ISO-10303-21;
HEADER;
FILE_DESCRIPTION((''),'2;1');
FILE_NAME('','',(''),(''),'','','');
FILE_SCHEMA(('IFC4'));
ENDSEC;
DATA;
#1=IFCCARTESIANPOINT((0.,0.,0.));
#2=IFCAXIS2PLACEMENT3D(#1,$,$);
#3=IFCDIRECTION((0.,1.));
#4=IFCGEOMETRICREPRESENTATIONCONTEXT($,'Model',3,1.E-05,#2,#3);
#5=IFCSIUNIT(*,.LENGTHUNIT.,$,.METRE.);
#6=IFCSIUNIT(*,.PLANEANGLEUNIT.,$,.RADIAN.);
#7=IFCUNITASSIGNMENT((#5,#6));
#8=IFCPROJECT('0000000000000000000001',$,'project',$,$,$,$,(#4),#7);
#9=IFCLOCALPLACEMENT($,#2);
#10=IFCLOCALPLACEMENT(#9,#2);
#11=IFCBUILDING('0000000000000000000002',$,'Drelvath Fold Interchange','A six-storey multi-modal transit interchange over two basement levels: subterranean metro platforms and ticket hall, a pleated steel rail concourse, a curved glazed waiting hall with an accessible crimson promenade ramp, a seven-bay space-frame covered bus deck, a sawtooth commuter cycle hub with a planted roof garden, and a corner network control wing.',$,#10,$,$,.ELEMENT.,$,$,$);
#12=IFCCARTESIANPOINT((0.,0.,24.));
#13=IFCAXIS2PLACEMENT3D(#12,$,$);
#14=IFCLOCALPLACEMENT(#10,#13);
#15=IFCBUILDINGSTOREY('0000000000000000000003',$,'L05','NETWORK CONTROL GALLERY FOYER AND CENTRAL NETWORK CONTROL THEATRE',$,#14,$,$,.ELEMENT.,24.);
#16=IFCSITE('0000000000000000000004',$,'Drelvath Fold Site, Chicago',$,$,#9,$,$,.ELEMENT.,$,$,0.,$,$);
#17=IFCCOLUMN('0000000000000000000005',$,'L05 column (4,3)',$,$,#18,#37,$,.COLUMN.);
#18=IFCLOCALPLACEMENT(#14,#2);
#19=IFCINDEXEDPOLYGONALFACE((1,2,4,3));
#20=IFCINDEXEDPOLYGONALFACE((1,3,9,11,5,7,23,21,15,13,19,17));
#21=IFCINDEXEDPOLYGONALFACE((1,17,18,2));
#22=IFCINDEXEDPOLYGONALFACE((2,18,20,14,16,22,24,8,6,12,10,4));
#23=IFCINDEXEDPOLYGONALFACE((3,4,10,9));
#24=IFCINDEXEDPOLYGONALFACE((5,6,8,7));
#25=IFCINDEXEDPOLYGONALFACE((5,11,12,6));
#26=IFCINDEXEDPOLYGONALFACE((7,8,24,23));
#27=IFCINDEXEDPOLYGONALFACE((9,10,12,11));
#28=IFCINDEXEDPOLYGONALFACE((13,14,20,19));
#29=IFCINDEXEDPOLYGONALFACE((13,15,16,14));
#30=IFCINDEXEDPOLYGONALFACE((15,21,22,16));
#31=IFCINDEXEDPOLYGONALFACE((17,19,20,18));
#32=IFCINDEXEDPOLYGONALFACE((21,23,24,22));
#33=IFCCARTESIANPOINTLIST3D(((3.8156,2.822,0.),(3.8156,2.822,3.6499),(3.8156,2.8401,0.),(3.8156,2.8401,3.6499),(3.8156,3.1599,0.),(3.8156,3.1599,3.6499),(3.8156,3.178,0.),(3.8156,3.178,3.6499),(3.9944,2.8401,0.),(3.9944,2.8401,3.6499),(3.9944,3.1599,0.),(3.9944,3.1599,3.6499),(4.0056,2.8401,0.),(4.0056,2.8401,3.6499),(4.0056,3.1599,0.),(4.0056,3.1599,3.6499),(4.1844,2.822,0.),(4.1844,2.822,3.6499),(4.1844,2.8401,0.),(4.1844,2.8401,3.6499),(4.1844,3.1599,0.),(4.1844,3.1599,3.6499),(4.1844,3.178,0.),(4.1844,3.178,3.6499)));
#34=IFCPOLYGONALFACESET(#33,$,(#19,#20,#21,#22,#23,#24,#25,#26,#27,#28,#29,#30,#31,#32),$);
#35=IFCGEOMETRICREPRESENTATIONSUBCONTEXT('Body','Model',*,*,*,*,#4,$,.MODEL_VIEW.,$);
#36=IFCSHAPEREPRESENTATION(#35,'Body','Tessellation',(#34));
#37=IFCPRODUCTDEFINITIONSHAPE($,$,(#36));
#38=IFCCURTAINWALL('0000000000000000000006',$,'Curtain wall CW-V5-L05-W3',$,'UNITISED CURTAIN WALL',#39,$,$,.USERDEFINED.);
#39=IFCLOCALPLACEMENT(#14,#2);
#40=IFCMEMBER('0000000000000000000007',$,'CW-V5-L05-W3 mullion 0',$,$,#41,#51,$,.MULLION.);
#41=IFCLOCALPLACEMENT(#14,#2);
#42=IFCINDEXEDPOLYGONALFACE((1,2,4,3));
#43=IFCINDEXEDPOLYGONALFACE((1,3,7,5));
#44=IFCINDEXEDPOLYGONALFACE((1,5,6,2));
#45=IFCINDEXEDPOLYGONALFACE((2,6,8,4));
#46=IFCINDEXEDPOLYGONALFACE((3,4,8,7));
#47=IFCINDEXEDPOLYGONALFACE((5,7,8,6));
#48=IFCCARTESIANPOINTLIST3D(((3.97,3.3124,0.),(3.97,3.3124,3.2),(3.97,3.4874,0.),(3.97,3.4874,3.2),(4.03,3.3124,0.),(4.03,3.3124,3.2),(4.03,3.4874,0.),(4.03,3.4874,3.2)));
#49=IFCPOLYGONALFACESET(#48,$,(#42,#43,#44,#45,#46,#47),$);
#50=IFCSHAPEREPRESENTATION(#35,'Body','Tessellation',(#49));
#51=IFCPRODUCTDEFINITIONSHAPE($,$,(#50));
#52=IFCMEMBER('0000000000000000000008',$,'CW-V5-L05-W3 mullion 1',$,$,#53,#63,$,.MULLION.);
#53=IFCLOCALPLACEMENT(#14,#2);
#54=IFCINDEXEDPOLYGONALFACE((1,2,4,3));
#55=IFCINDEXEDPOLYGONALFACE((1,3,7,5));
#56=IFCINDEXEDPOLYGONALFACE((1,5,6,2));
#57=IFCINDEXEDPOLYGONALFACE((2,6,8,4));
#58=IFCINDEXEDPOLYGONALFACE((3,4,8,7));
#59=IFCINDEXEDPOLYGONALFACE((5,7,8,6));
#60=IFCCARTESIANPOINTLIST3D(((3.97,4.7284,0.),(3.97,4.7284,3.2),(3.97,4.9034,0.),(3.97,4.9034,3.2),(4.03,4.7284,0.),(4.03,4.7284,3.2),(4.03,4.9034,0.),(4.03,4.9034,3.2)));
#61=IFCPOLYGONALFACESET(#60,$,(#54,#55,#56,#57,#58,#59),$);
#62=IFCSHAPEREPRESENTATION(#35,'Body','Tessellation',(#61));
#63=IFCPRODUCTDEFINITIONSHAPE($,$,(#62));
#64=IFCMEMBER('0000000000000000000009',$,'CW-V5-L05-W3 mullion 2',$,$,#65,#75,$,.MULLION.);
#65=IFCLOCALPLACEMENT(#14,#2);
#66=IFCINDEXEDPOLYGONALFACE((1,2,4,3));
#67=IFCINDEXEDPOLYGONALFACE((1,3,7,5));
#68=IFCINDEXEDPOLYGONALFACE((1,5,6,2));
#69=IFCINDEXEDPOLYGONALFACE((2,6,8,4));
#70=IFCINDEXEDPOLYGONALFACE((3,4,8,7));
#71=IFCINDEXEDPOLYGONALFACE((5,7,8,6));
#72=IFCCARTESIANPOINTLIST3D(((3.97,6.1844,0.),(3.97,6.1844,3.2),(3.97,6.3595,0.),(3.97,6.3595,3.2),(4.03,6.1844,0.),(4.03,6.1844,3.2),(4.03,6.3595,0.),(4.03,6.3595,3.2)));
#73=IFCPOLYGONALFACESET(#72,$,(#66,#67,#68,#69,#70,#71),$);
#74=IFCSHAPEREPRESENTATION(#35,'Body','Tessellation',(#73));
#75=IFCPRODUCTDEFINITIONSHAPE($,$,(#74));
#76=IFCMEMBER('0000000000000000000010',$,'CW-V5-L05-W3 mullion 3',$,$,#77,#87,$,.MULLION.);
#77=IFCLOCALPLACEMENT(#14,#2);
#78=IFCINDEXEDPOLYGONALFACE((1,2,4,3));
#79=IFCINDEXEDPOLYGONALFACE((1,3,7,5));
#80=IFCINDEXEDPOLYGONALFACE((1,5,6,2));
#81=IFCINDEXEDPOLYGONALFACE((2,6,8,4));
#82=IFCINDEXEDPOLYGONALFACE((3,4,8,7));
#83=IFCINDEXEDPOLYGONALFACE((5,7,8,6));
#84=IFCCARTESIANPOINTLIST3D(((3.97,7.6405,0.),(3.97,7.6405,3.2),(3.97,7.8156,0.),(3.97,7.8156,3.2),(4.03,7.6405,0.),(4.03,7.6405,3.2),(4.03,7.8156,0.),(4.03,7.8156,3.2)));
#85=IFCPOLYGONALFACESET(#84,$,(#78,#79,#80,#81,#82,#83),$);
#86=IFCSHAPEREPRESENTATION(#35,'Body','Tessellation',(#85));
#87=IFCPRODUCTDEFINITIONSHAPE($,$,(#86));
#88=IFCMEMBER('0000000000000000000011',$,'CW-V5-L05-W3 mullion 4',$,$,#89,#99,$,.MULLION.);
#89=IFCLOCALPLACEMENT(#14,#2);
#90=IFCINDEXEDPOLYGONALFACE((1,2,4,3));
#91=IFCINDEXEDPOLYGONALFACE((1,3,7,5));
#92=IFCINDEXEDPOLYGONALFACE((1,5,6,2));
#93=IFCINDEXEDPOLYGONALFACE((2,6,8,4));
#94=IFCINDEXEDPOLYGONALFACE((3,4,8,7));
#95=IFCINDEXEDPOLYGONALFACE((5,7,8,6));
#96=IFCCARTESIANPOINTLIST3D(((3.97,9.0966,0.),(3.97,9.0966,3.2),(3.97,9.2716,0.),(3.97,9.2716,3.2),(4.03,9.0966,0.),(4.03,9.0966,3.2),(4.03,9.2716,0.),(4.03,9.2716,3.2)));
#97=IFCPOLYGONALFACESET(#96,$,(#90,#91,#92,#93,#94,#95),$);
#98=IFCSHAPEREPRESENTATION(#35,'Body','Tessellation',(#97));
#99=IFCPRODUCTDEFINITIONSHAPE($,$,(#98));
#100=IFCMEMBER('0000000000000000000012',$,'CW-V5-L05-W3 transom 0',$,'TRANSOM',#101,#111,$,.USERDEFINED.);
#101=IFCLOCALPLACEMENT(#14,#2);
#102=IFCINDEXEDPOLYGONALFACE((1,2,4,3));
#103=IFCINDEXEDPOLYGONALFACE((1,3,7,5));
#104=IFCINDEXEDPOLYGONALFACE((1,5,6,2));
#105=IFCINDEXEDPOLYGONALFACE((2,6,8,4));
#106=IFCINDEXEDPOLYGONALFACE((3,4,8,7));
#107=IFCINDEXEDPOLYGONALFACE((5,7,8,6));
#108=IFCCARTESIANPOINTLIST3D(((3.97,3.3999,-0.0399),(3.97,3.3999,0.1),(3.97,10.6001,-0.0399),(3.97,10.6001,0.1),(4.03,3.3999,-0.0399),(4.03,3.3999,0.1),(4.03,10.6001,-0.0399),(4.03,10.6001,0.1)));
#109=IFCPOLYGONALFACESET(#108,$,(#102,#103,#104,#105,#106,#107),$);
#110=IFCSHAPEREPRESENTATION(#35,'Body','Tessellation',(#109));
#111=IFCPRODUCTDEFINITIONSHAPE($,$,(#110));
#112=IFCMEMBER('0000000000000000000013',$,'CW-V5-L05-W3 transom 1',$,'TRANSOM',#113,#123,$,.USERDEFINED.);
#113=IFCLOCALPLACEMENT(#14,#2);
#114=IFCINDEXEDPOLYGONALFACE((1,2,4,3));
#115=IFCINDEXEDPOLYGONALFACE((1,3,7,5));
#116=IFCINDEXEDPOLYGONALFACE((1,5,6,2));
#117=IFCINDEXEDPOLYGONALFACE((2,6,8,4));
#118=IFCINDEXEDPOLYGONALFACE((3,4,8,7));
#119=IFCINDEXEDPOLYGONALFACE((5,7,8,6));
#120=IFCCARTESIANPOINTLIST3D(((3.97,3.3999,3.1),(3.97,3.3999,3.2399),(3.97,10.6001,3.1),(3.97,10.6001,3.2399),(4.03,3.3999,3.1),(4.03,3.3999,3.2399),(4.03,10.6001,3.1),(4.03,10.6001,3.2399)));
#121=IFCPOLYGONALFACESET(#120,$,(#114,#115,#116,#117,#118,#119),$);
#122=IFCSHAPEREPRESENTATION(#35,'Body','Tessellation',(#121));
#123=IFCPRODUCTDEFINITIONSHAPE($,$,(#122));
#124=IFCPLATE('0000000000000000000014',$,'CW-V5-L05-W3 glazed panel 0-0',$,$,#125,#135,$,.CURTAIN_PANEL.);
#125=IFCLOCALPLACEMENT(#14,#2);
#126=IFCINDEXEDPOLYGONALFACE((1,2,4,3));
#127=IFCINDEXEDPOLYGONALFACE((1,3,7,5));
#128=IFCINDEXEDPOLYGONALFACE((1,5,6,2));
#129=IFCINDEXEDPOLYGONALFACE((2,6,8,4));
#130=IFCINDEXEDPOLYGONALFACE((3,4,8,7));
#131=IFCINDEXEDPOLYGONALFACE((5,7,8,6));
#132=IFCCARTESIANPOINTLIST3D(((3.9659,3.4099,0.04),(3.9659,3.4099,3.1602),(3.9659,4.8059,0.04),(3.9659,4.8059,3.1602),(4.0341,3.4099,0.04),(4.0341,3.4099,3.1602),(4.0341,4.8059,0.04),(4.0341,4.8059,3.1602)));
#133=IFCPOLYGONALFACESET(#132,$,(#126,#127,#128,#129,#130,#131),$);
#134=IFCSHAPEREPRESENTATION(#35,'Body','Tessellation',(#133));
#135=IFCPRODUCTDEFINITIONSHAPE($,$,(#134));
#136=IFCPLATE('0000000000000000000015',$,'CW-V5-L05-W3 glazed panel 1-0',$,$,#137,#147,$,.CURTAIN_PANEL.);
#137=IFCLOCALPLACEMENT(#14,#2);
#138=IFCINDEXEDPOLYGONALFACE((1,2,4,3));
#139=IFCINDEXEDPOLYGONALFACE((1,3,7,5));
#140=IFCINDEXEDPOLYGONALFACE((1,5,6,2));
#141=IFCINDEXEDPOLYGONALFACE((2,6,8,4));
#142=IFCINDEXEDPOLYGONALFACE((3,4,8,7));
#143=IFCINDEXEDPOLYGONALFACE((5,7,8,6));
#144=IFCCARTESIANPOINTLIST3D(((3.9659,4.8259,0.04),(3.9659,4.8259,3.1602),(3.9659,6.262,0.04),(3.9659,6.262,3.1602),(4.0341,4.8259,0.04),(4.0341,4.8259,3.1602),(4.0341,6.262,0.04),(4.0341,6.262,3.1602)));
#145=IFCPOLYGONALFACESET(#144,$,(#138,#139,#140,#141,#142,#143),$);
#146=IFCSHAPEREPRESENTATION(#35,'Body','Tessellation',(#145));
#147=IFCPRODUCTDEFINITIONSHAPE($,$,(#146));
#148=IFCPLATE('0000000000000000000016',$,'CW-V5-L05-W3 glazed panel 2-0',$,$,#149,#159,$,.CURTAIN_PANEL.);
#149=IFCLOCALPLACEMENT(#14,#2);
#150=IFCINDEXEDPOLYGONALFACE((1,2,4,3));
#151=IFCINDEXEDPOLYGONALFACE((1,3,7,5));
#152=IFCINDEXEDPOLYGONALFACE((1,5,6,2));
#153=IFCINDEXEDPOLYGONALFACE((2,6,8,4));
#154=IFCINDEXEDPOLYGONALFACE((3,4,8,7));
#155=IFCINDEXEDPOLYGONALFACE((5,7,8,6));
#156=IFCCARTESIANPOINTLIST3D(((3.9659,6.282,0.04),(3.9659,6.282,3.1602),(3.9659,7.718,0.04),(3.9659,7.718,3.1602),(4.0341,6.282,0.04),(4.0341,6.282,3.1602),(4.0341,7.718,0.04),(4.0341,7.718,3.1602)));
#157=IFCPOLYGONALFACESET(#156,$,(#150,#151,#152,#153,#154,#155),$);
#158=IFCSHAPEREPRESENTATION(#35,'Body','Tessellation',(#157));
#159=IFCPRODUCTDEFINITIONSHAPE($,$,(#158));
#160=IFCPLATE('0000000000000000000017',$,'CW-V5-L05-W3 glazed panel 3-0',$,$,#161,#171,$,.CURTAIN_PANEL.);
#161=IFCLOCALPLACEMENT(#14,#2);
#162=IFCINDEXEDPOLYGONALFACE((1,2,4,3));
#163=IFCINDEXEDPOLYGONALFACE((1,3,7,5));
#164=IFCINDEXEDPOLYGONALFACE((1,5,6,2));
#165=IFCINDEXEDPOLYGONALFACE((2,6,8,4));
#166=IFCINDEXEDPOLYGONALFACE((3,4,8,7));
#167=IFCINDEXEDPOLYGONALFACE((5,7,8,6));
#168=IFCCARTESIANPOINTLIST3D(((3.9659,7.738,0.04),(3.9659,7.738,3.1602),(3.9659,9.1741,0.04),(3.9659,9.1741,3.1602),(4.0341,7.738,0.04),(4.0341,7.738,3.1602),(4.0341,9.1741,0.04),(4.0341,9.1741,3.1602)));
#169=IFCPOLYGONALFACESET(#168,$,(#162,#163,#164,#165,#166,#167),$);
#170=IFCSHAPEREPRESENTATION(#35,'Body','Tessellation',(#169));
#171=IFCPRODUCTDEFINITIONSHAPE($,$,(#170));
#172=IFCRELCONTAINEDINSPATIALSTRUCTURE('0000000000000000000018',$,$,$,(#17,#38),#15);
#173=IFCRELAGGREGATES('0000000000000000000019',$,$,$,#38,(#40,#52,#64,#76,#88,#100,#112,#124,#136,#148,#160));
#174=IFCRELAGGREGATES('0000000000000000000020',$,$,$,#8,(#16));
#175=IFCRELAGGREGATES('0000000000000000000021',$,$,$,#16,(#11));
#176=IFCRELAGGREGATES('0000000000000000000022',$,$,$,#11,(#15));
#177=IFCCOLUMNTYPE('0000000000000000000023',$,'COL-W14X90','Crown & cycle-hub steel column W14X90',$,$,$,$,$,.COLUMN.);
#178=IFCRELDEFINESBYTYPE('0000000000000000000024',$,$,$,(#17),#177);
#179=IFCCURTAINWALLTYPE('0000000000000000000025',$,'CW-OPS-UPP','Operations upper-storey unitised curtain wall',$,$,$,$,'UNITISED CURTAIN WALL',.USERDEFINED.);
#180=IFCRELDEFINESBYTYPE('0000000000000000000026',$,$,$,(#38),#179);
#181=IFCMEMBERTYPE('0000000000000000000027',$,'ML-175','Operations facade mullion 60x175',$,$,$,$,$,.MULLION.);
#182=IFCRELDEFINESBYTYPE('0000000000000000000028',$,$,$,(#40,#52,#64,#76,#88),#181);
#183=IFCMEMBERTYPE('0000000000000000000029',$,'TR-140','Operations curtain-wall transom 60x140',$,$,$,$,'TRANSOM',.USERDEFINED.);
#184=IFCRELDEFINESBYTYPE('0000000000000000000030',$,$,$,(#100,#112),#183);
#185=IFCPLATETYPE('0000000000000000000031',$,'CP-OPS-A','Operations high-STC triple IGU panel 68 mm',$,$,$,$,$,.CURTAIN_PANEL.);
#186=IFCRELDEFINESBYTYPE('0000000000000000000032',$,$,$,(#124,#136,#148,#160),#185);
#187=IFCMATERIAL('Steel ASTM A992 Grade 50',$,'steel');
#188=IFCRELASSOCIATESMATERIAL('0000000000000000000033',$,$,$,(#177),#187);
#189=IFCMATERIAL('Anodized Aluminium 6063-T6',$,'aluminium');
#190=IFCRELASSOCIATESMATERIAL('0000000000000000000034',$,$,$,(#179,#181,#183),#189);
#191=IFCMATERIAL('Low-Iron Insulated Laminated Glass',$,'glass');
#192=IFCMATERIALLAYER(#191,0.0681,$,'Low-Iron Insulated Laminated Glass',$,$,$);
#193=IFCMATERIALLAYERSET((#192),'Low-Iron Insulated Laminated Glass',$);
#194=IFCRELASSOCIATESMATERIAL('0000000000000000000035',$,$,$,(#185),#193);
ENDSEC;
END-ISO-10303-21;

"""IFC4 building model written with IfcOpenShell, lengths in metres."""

from ifc_helpers import new_model, si_unit, direction, frame, origin, origin_2d, place, context, subcontext, project, spatial, rectangle, i_section, extrude, material, layer, layer_set, material_profile, profile_set, type_object, element, aggregate, save


model = new_model("IFC4")

# Units and contexts
model_context = context("Model", 3, precision=1e-05, world=origin(), true_north=direction((0.0, 1.0)))
body_context = subcontext(model_context, "Body", "Model", "MODEL_VIEW")
ifc_project = project(units=[si_unit("LENGTHUNIT", "METRE"), si_unit("PLANEANGLEUNIT", "RADIAN")], contexts=[model_context])

# Site, building, storey
site_placement = place(None, origin())
site = spatial("IfcSite", under=ifc_project, at=site_placement, Name="Drelvath Fold Site, Chicago", CompositionType="ELEMENT", RefElevation=0.0)
building_placement = place(site_placement, origin())
building = spatial("IfcBuilding", under=site, at=building_placement, Name="Drelvath Fold Interchange", Description="A six-storey multi-modal transit interchange over two basement levels: subterranean metro platforms and ticket hall, a pleated steel rail concourse, a curved glazed waiting hall with an accessible crimson promenade ramp, a seven-bay space-frame covered bus deck, a sawtooth commuter cycle hub with a planted roof garden, and a corner network control wing.", CompositionType="ELEMENT")
storey_placement = place(building_placement, frame((0.0, 0.0, 24.0)))
storey = spatial("IfcBuildingStorey", under=building, at=storey_placement, Name="L05", Description="NETWORK CONTROL GALLERY FOYER AND CENTRAL NETWORK CONTROL THEATRE", CompositionType="ELEMENT", Elevation=24.0)

# Column
ifc_material_1 = material(Name="Steel ASTM A992 Grade 50", Category="steel")
ifc_material_profile_1 = material_profile(ifc_material_1, i_section(OverallWidth=0.3689, OverallDepth=0.356, WebThickness=0.0112, FlangeThickness=0.0181, at=origin_2d()), Name="W14X90")
ifc_profile_set_1 = profile_set([ifc_material_profile_1], Name="Steel ASTM A992 Grade 50")
column_type = type_object("IfcColumnType", Name="COL-W14X90", Description="Crown & cycle-hub steel column W14X90", PredefinedType="COLUMN", material=ifc_profile_set_1)
column_placement = place(storey_placement, frame((4.0, 3.0, 0.0), z_axis=(0.0, 0.0, 1.0), x_axis=(1.0, 0.0, 0.0)))
element("IfcColumn", 1, at=column_placement, inside=storey, type_object=column_type, Name="L05 column (4,3)", PredefinedType="COLUMN", context=body_context, shape_type="SweptSolid", body=[
    extrude(i_section(OverallWidth=0.3689, OverallDepth=0.356, WebThickness=0.0112, FlangeThickness=0.0181, at=origin_2d()), origin(), (0.0, 0.0, 1.0), 3.6499),
])

# Curtain wall, members, plates
ifc_material_2 = material(Name="Anodized Aluminium 6063-T6", Category="aluminium")
curtain_wall_type = type_object("IfcCurtainWallType", Name="CW-OPS-UPP", Description="Operations upper-storey unitised curtain wall", ElementType="UNITISED CURTAIN WALL", PredefinedType="USERDEFINED", material=ifc_material_2)
curtain_wall_placement = place(storey_placement, origin())
curtain_wall = element("IfcCurtainWall", 2, at=curtain_wall_placement, inside=storey, type_object=curtain_wall_type, Name="Curtain wall CW-V5-L05-W3", ObjectType="UNITISED CURTAIN WALL", PredefinedType="USERDEFINED")
ifc_material_profile_2 = material_profile(ifc_material_2, rectangle(XDim=0.0601, YDim=0.175, at=origin_2d()), Name="AL-M 60x175")
ifc_profile_set_2 = profile_set([ifc_material_profile_2], Name="Anodized Aluminium 6063-T6")
member_type_1 = type_object("IfcMemberType", Name="ML-175", Description="Operations facade mullion 60x175", PredefinedType="MULLION", material=ifc_profile_set_2)
member_1_placement = place(storey_placement, frame((4.0, 3.3999, 0.0), z_axis=(0.0, 0.0, 1.0), x_axis=(1.0, 0.0, 0.0)))
member_1 = element("IfcMember", 3, at=member_1_placement, type_object=member_type_1, Name="CW-V5-L05-W3 mullion 0", PredefinedType="MULLION", context=body_context, shape_type="SweptSolid", body=[
    extrude(rectangle(XDim=0.0601, YDim=0.175, at=origin_2d()), origin(), (0.0, 0.0, 1.0), 3.2),
])
member_2_placement = place(storey_placement, frame((4.0, 4.8159, 0.0), z_axis=(0.0, 0.0, 1.0), x_axis=(1.0, 0.0, 0.0)))
member_2 = element("IfcMember", 4, at=member_2_placement, type_object=member_type_1, Name="CW-V5-L05-W3 mullion 1", PredefinedType="MULLION", context=body_context, shape_type="SweptSolid", body=[
    extrude(rectangle(XDim=0.0601, YDim=0.175, at=origin_2d()), origin(), (0.0, 0.0, 1.0), 3.2),
])
member_3_placement = place(storey_placement, frame((4.0, 6.272, 0.0), z_axis=(0.0, 0.0, 1.0), x_axis=(1.0, 0.0, 0.0)))
member_3 = element("IfcMember", 5, at=member_3_placement, type_object=member_type_1, Name="CW-V5-L05-W3 mullion 2", PredefinedType="MULLION", context=body_context, shape_type="SweptSolid", body=[
    extrude(rectangle(XDim=0.0601, YDim=0.175, at=origin_2d()), origin(), (0.0, 0.0, 1.0), 3.2),
])
member_4_placement = place(storey_placement, frame((4.0, 7.728, 0.0), z_axis=(0.0, 0.0, 1.0), x_axis=(1.0, 0.0, 0.0)))
member_4 = element("IfcMember", 6, at=member_4_placement, type_object=member_type_1, Name="CW-V5-L05-W3 mullion 3", PredefinedType="MULLION", context=body_context, shape_type="SweptSolid", body=[
    extrude(rectangle(XDim=0.0601, YDim=0.175, at=origin_2d()), origin(), (0.0, 0.0, 1.0), 3.2),
])
member_5_placement = place(storey_placement, frame((4.0, 9.1841, 0.0), z_axis=(0.0, 0.0, 1.0), x_axis=(1.0, 0.0, 0.0)))
member_5 = element("IfcMember", 7, at=member_5_placement, type_object=member_type_1, Name="CW-V5-L05-W3 mullion 4", PredefinedType="MULLION", context=body_context, shape_type="SweptSolid", body=[
    extrude(rectangle(XDim=0.0601, YDim=0.175, at=origin_2d()), origin(), (0.0, 0.0, 1.0), 3.2),
])
ifc_material_profile_3 = material_profile(ifc_material_2, rectangle(XDim=0.0601, YDim=0.1399, at=origin_2d()), Name="AL-T 60x140")
ifc_profile_set_3 = profile_set([ifc_material_profile_3], Name="Anodized Aluminium 6063-T6")
member_type_2 = type_object("IfcMemberType", Name="TR-140", Description="Operations curtain-wall transom 60x140", ElementType="TRANSOM", PredefinedType="USERDEFINED", material=ifc_profile_set_3)
member_6_placement = place(storey_placement, frame((4.0, 3.3999, 0.03), z_axis=(0.0, 1.0, 0.0), x_axis=(-1.0, 0.0, 0.0)))
member_6 = element("IfcMember", 8, at=member_6_placement, type_object=member_type_2, Name="CW-V5-L05-W3 transom 0", ObjectType="TRANSOM", PredefinedType="USERDEFINED", context=body_context, shape_type="SweptSolid", body=[
    extrude(rectangle(XDim=0.0601, YDim=0.1399, at=origin_2d()), origin(), (0.0, 0.0, 1.0), 7.2002),
])
member_7_placement = place(storey_placement, frame((4.0, 3.3999, 3.1699), z_axis=(0.0, 1.0, 0.0), x_axis=(-1.0, 0.0, 0.0)))
member_7 = element("IfcMember", 9, at=member_7_placement, type_object=member_type_2, Name="CW-V5-L05-W3 transom 1", ObjectType="TRANSOM", PredefinedType="USERDEFINED", context=body_context, shape_type="SweptSolid", body=[
    extrude(rectangle(XDim=0.0601, YDim=0.1399, at=origin_2d()), origin(), (0.0, 0.0, 1.0), 7.2002),
])
ifc_material_3 = material(Name="Low-Iron Insulated Laminated Glass", Category="glass")
ifc_layer_1 = layer(ifc_material_3, 0.0681, Name="Low-Iron Insulated Laminated Glass")
ifc_layer_set_1 = layer_set([ifc_layer_1], Name="Low-Iron Insulated Laminated Glass")
plate_type = type_object("IfcPlateType", Name="CP-OPS-A", Description="Operations high-STC triple IGU panel 68 mm", PredefinedType="CURTAIN_PANEL", material=ifc_layer_set_1)
plate_1_placement = place(storey_placement, frame((4.0, 4.1079, 0.04), z_axis=(0.0, 0.0, 1.0), x_axis=(0.0, 1.0, 0.0)))
plate_1 = element("IfcPlate", 10, at=plate_1_placement, type_object=plate_type, Name="CW-V5-L05-W3 glazed panel 0-0", PredefinedType="CURTAIN_PANEL", context=body_context, shape_type="SweptSolid", body=[
    extrude(rectangle(XDim=1.396, YDim=0.0681, at=origin_2d()), origin(), (0.0, 0.0, 1.0), 3.1201),
])
plate_2_placement = place(storey_placement, frame((4.0, 5.5439, 0.04), z_axis=(0.0, 0.0, 1.0), x_axis=(0.0, 1.0, 0.0)))
plate_2 = element("IfcPlate", 11, at=plate_2_placement, type_object=plate_type, Name="CW-V5-L05-W3 glazed panel 1-0", PredefinedType="CURTAIN_PANEL", context=body_context, shape_type="SweptSolid", body=[
    extrude(rectangle(XDim=1.436, YDim=0.0681, at=origin_2d()), origin(), (0.0, 0.0, 1.0), 3.1201),
])
plate_3_placement = place(storey_placement, frame((4.0, 7.0, 0.04), z_axis=(0.0, 0.0, 1.0), x_axis=(0.0, 1.0, 0.0)))
plate_3 = element("IfcPlate", 12, at=plate_3_placement, type_object=plate_type, Name="CW-V5-L05-W3 glazed panel 2-0", PredefinedType="CURTAIN_PANEL", context=body_context, shape_type="SweptSolid", body=[
    extrude(rectangle(XDim=1.436, YDim=0.0681, at=origin_2d()), origin(), (0.0, 0.0, 1.0), 3.1201),
])
plate_4_placement = place(storey_placement, frame((4.0, 8.4561, 0.04), z_axis=(0.0, 0.0, 1.0), x_axis=(0.0, 1.0, 0.0)))
plate_4 = element("IfcPlate", 13, at=plate_4_placement, type_object=plate_type, Name="CW-V5-L05-W3 glazed panel 3-0", PredefinedType="CURTAIN_PANEL", context=body_context, shape_type="SweptSolid", body=[
    extrude(rectangle(XDim=1.436, YDim=0.0681, at=origin_2d()), origin(), (0.0, 0.0, 1.0), 3.1201),
])
aggregate(curtain_wall, [member_1, member_2, member_3, member_4, member_5, member_6, member_7, plate_1, plate_2, plate_3, plate_4])

save(model, "model.ifc")
